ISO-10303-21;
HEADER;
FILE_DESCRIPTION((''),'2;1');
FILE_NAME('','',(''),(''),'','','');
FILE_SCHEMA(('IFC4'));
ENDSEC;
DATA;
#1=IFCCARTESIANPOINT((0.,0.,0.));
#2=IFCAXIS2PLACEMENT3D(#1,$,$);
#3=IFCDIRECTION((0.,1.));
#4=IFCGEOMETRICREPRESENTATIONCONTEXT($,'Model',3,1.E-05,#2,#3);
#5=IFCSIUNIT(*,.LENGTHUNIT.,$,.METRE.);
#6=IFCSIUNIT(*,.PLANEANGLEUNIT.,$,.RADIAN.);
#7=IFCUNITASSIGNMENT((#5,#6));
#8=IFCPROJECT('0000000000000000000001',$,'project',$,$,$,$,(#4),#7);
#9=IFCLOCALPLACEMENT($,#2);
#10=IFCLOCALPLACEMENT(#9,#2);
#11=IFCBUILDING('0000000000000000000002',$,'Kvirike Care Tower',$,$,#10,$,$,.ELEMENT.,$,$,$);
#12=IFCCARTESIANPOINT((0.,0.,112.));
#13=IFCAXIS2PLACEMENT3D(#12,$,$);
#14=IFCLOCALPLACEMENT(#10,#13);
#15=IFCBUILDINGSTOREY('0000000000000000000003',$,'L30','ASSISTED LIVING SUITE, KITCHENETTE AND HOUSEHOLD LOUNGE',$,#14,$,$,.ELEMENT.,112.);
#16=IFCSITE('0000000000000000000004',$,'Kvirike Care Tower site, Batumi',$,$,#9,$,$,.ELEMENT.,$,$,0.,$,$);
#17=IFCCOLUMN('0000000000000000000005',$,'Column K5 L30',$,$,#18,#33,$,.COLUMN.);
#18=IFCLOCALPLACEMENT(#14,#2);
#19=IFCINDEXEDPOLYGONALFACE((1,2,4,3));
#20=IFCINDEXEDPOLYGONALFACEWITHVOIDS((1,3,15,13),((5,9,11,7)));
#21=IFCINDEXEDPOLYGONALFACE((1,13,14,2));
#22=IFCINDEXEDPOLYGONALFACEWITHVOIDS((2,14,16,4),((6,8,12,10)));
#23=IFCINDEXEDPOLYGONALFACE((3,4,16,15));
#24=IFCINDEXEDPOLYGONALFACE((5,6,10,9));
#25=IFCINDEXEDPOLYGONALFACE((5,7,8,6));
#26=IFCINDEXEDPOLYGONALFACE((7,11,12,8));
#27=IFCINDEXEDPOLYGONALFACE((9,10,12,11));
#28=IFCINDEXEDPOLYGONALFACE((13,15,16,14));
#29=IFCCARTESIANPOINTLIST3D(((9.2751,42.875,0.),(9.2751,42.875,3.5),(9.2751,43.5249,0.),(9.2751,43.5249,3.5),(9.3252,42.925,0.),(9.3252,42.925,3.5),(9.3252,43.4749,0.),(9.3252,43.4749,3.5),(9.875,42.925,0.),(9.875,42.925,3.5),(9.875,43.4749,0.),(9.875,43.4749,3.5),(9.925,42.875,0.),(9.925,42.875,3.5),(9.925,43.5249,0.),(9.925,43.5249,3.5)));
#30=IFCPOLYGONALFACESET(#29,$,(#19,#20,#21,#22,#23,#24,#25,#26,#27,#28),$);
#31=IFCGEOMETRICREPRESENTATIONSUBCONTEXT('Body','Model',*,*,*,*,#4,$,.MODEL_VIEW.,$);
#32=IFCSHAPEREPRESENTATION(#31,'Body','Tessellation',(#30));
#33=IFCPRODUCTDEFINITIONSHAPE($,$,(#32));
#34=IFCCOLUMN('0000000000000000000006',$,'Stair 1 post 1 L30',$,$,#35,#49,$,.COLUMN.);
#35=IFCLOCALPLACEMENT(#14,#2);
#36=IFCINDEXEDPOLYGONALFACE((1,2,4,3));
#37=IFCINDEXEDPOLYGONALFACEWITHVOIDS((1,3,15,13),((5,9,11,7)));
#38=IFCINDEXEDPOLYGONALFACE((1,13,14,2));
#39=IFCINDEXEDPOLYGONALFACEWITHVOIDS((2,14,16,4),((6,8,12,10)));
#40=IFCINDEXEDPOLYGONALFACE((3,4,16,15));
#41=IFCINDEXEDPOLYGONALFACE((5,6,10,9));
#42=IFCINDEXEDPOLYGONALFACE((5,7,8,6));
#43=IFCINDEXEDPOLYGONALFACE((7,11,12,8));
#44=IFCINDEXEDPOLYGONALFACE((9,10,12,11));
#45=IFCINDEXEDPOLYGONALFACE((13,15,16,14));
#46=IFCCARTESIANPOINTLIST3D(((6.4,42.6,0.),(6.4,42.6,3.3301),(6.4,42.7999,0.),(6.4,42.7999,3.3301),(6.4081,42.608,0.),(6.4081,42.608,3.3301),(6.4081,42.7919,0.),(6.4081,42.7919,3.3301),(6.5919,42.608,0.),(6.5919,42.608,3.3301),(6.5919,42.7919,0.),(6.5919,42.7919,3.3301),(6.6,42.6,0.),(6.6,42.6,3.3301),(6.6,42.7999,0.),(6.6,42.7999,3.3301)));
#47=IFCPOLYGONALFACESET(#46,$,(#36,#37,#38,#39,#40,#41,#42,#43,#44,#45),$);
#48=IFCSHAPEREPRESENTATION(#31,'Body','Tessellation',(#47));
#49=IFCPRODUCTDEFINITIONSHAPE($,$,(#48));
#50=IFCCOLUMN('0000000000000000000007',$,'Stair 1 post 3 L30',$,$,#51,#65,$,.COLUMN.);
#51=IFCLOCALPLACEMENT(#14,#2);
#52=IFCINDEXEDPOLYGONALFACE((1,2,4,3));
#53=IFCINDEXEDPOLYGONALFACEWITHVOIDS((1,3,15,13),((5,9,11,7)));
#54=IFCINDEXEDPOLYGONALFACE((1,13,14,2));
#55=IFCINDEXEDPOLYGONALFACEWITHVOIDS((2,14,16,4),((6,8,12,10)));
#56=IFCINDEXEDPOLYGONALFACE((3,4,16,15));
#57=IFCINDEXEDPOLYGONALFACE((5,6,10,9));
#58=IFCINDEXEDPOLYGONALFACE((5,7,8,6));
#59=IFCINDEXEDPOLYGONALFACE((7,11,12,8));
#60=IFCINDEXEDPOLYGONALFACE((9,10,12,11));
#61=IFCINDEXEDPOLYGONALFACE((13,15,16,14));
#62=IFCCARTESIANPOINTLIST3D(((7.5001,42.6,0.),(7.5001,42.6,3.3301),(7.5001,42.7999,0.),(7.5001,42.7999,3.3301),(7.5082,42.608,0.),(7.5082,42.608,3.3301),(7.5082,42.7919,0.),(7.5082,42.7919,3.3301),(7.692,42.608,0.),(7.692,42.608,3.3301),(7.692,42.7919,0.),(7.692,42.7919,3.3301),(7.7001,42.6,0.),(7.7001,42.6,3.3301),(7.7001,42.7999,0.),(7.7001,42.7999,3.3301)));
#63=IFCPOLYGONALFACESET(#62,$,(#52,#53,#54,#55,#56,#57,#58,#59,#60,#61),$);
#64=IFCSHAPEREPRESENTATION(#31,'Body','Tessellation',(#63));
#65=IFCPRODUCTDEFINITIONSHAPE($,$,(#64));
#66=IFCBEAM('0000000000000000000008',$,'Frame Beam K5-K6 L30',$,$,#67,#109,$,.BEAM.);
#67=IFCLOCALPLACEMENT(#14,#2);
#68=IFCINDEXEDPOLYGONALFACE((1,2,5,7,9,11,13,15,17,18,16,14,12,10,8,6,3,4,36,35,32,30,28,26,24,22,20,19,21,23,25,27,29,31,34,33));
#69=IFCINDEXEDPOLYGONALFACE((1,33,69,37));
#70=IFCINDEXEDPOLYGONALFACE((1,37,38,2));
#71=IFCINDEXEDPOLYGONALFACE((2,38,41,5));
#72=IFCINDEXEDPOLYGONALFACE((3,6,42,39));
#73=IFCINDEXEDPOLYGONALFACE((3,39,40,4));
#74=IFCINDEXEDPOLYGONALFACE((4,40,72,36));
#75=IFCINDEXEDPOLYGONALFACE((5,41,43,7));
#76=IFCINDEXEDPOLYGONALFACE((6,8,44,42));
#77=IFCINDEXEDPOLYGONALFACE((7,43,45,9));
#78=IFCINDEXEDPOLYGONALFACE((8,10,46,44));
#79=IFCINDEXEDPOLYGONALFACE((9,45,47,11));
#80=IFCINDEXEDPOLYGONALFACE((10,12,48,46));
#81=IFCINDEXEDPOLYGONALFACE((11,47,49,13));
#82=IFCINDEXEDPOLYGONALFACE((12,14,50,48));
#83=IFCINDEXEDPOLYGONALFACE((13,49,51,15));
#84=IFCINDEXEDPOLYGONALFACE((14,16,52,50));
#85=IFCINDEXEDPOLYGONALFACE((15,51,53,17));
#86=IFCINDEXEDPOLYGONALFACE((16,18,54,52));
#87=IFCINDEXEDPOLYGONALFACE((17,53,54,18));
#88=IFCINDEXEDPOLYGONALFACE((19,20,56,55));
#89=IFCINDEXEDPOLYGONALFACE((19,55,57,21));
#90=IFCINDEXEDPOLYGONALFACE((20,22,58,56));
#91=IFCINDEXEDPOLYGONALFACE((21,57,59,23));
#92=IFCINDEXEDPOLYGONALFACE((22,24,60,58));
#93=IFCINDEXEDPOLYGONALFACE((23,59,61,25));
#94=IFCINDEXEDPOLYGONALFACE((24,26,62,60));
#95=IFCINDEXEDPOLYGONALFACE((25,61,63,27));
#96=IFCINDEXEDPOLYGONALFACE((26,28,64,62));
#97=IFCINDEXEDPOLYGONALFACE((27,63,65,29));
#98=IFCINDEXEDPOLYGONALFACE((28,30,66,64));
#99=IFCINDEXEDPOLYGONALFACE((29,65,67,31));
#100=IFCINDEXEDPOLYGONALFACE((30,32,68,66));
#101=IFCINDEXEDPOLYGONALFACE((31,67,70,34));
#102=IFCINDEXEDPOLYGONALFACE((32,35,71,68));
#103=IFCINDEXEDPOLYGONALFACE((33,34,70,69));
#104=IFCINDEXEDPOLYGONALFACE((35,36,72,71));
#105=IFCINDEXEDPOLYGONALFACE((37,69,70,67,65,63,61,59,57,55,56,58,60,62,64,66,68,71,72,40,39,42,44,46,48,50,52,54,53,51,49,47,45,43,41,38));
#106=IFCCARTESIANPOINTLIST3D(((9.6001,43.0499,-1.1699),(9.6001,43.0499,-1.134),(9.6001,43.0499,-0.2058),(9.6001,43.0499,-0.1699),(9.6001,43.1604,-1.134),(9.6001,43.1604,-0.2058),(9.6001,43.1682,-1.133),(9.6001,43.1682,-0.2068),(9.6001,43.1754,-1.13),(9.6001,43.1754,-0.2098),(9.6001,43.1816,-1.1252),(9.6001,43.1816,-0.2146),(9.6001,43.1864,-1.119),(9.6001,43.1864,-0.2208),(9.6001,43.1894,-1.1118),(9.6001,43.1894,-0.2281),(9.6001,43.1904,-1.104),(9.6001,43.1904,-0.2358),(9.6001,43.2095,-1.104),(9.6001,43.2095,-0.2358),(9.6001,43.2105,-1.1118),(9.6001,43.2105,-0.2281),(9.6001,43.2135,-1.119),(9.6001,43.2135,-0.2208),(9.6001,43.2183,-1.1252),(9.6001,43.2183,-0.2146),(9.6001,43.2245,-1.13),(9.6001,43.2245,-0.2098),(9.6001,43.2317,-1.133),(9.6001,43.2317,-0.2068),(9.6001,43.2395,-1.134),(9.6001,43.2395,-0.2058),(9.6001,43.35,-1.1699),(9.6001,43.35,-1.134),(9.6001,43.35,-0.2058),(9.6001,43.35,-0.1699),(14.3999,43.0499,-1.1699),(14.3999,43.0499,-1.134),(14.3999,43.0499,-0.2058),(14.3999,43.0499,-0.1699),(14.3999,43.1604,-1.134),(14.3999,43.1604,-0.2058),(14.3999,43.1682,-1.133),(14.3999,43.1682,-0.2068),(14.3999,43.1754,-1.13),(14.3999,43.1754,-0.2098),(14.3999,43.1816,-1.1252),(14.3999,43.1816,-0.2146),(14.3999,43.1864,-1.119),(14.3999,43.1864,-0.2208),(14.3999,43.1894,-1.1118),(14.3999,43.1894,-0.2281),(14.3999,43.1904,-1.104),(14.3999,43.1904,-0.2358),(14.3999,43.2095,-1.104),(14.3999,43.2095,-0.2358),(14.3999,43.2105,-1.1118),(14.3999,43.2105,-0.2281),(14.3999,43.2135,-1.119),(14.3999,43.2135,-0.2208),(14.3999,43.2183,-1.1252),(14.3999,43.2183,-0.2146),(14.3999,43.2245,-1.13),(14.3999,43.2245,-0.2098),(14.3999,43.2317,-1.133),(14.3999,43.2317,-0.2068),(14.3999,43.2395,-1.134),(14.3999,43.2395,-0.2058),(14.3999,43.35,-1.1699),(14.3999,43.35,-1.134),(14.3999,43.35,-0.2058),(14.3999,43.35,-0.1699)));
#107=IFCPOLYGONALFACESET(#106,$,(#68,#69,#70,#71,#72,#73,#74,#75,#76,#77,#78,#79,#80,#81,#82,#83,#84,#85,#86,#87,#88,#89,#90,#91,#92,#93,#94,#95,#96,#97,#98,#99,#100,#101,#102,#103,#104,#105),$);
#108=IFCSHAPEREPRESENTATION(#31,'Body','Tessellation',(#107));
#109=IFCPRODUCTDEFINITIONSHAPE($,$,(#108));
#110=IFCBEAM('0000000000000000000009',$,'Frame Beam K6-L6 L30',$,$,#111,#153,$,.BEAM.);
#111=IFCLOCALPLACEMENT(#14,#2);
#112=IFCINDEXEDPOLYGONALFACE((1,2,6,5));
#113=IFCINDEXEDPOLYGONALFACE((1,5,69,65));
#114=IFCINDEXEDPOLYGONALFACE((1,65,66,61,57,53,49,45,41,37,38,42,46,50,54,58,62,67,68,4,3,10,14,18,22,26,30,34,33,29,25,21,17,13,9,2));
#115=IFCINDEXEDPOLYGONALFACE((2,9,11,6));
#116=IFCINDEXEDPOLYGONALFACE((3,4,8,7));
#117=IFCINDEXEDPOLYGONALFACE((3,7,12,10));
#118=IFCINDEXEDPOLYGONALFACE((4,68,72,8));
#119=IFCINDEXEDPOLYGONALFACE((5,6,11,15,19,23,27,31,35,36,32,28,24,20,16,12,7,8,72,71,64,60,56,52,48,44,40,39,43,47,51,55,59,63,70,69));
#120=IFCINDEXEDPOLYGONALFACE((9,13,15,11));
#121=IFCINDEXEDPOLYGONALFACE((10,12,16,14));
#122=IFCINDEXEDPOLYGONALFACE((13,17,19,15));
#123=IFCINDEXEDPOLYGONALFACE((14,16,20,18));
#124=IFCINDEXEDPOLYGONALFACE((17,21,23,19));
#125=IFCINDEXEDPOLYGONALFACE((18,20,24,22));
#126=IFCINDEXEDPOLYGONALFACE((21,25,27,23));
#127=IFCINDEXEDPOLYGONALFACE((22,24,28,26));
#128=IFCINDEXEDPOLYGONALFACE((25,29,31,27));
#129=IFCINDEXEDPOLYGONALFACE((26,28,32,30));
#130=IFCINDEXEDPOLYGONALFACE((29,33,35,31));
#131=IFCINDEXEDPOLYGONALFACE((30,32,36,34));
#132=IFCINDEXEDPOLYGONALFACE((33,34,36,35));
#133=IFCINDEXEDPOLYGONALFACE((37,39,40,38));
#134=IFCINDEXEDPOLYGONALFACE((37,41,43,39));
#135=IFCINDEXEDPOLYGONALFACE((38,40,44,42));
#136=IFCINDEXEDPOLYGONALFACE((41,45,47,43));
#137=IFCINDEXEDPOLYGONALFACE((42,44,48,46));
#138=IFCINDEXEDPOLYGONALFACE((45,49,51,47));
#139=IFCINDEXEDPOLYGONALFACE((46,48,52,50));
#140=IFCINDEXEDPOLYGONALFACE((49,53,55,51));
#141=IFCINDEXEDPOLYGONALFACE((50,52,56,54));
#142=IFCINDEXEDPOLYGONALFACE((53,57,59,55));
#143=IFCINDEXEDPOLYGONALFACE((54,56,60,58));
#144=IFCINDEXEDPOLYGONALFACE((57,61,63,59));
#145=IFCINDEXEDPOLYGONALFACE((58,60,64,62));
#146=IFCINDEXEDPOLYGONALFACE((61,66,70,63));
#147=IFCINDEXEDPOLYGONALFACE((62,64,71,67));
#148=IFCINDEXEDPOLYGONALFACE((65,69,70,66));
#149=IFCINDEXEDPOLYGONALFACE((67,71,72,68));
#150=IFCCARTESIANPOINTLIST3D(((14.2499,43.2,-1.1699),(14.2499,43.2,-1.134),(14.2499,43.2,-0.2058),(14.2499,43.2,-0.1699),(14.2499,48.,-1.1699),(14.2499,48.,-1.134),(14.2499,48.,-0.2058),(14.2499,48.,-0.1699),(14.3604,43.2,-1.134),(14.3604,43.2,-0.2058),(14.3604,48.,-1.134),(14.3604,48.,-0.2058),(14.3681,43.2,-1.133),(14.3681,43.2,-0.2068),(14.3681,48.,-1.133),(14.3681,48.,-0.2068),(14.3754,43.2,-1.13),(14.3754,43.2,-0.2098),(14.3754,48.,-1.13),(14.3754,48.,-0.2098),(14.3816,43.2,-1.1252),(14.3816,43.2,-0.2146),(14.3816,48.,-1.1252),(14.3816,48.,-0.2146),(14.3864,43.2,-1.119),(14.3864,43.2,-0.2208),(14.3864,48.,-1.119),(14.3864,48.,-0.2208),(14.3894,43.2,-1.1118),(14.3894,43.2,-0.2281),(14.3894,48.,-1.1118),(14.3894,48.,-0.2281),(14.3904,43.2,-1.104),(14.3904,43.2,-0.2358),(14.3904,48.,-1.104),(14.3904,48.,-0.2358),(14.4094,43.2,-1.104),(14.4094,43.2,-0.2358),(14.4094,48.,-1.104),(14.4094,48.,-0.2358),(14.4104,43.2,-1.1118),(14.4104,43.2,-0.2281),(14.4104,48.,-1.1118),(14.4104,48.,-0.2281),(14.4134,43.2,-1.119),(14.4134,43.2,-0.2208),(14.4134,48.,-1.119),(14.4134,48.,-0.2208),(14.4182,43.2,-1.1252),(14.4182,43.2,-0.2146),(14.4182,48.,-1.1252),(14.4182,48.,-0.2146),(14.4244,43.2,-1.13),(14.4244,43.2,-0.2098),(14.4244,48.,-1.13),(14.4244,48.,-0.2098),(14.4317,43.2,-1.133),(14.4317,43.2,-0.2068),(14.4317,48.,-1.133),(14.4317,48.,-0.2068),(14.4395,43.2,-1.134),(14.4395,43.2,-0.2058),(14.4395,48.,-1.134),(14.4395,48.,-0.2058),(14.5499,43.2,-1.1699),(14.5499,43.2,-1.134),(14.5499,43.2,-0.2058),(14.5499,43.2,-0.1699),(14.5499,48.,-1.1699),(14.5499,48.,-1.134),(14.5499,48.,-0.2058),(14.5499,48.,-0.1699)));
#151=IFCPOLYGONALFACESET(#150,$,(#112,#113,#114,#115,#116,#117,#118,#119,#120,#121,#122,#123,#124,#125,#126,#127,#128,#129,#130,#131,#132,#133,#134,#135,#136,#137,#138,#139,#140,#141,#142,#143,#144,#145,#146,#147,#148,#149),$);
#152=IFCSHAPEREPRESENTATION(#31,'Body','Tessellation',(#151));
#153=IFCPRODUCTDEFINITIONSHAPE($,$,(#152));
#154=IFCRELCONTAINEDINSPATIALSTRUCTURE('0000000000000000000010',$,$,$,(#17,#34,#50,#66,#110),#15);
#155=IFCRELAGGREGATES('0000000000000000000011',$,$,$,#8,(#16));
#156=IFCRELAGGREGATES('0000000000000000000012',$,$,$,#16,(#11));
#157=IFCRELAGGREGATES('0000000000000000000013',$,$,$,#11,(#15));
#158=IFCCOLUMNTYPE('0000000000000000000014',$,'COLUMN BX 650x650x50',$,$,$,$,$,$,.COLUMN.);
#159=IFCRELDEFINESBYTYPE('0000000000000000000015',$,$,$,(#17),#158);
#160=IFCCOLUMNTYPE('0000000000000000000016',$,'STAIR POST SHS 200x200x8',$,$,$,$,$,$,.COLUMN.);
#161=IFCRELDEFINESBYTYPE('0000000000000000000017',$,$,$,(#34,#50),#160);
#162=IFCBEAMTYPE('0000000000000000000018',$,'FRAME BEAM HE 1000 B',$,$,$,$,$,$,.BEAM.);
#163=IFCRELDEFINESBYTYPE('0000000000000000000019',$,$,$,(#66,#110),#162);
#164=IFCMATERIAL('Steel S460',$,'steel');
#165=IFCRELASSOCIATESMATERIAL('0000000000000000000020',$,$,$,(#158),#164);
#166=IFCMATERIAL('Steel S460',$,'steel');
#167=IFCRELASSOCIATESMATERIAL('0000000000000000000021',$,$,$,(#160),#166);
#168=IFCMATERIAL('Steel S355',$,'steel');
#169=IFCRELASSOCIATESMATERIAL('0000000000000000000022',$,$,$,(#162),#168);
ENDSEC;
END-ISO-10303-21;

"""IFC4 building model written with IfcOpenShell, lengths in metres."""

from ifc_helpers import new_model, si_unit, direction, frame, origin, origin_2d, place, context, subcontext, project, spatial, hollow_rectangle, i_section, extrude, material, material_profile, profile_set, type_object, element, save


model = new_model("IFC4")

# Units and contexts
model_context = context("Model", 3, precision=1e-05, world=origin(), true_north=direction((0.0, 1.0)))
body_context = subcontext(model_context, "Body", "Model", "MODEL_VIEW")
ifc_project = project(units=[si_unit("LENGTHUNIT", "METRE"), si_unit("PLANEANGLEUNIT", "RADIAN")], contexts=[model_context])

# Site, building, storey
site_placement = place(None, origin())
site = spatial("IfcSite", under=ifc_project, at=site_placement, Name="Kvirike Care Tower site, Batumi", CompositionType="ELEMENT", RefElevation=0.0)
building_placement = place(site_placement, origin())
building = spatial("IfcBuilding", under=site, at=building_placement, Name="Kvirike Care Tower", CompositionType="ELEMENT")
storey_placement = place(building_placement, frame((0.0, 0.0, 112.0)))
storey = spatial("IfcBuildingStorey", under=building, at=storey_placement, Name="L30", Description="ASSISTED LIVING SUITE, KITCHENETTE AND HOUSEHOLD LOUNGE", CompositionType="ELEMENT", Elevation=112.0)

# Columns
ifc_material_1 = material(Name="Steel S460", Category="steel")
ifc_material_profile_1 = material_profile(ifc_material_1, hollow_rectangle(XDim=0.6499, YDim=0.6499, WallThickness=0.05, at=origin_2d()), Name="BX 650x650x50")
ifc_profile_set_1 = profile_set([ifc_material_profile_1], Name="Steel S460")
column_type_1 = type_object("IfcColumnType", Name="COLUMN BX 650x650x50", PredefinedType="COLUMN", material=ifc_profile_set_1)
column_placement = place(storey_placement, frame((9.6001, 43.2, 0.0), z_axis=(0.0, 0.0, 1.0), x_axis=(0.0, 1.0, 0.0)))
element("IfcColumn", 1, at=column_placement, inside=storey, type_object=column_type_1, Name="Column K5 L30", PredefinedType="COLUMN", context=body_context, shape_type="SweptSolid", body=[
    extrude(hollow_rectangle(XDim=0.6499, YDim=0.6499, WallThickness=0.05, at=origin_2d()), origin(), (0.0, 0.0, 1.0), 3.5),
])
ifc_material_2 = material(Name="Steel S460", Category="steel")
ifc_material_profile_2 = material_profile(ifc_material_2, hollow_rectangle(XDim=0.2, YDim=0.2, WallThickness=0.0081, at=origin_2d()), Name="SHS 200x200x8")
ifc_profile_set_2 = profile_set([ifc_material_profile_2], Name="Steel S460")
column_type_2 = type_object("IfcColumnType", Name="STAIR POST SHS 200x200x8", PredefinedType="COLUMN", material=ifc_profile_set_2)
for number, where, z_axis, x_axis, name in (
    (2, (6.5, 42.7, 0.0), (0.0, 0.0, 1.0), (1.0, 0.0, 0.0), "Stair 1 post 1 L30"),
    (3, (7.6001, 42.7, 0.0), (0.0, 0.0, 1.0), (1.0, 0.0, 0.0), "Stair 1 post 3 L30"),
):
    element("IfcColumn", number, at=place(storey_placement, frame(where, z_axis=z_axis, x_axis=x_axis)), inside=storey, type_object=column_type_2, Name=name, PredefinedType="COLUMN", context=body_context, shape_type="SweptSolid", body=[
        extrude(hollow_rectangle(XDim=0.2, YDim=0.2, WallThickness=0.0081, at=origin_2d()), origin(), (0.0, 0.0, 1.0), 3.3301),
    ])

# Beams
ifc_material_3 = material(Name="Steel S355", Category="steel")
ifc_material_profile_3 = material_profile(ifc_material_3, i_section(OverallWidth=0.3, OverallDepth=1.0, WebThickness=0.019, FlangeThickness=0.0359, FilletRadius=0.03, at=origin_2d()), Name="HE 1000 B")
ifc_profile_set_3 = profile_set([ifc_material_profile_3], Name="Steel S355")
beam_type_1 = type_object("IfcBeamType", Name="FRAME BEAM HE 1000 B", PredefinedType="BEAM", material=ifc_profile_set_3)
beam_1_placement = place(storey_placement, frame((9.6001, 43.2, -0.6699), z_axis=(1.0, 0.0, 0.0), x_axis=(0.0, 1.0, 0.0)))
element("IfcBeam", 4, at=beam_1_placement, inside=storey, type_object=beam_type_1, Name="Frame Beam K5-K6 L30", PredefinedType="BEAM", context=body_context, shape_type="SweptSolid", body=[
    extrude(i_section(OverallWidth=0.3, OverallDepth=1.0, WebThickness=0.019, FlangeThickness=0.0359, FilletRadius=0.03, at=origin_2d()), origin(), (0.0, 0.0, 1.0), 4.7998),
])
beam_2_placement = place(storey_placement, frame((14.3999, 43.2, -0.6699), z_axis=(0.0, 1.0, 0.0), x_axis=(-1.0, 0.0, 0.0)))
element("IfcBeam", 5, at=beam_2_placement, inside=storey, type_object=beam_type_1, Name="Frame Beam K6-L6 L30", PredefinedType="BEAM", context=body_context, shape_type="SweptSolid", body=[
    extrude(i_section(OverallWidth=0.3, OverallDepth=1.0, WebThickness=0.019, FlangeThickness=0.0359, FilletRadius=0.03, at=origin_2d()), origin(), (0.0, 0.0, 1.0), 4.8),
])

save(model, "model.ifc")
